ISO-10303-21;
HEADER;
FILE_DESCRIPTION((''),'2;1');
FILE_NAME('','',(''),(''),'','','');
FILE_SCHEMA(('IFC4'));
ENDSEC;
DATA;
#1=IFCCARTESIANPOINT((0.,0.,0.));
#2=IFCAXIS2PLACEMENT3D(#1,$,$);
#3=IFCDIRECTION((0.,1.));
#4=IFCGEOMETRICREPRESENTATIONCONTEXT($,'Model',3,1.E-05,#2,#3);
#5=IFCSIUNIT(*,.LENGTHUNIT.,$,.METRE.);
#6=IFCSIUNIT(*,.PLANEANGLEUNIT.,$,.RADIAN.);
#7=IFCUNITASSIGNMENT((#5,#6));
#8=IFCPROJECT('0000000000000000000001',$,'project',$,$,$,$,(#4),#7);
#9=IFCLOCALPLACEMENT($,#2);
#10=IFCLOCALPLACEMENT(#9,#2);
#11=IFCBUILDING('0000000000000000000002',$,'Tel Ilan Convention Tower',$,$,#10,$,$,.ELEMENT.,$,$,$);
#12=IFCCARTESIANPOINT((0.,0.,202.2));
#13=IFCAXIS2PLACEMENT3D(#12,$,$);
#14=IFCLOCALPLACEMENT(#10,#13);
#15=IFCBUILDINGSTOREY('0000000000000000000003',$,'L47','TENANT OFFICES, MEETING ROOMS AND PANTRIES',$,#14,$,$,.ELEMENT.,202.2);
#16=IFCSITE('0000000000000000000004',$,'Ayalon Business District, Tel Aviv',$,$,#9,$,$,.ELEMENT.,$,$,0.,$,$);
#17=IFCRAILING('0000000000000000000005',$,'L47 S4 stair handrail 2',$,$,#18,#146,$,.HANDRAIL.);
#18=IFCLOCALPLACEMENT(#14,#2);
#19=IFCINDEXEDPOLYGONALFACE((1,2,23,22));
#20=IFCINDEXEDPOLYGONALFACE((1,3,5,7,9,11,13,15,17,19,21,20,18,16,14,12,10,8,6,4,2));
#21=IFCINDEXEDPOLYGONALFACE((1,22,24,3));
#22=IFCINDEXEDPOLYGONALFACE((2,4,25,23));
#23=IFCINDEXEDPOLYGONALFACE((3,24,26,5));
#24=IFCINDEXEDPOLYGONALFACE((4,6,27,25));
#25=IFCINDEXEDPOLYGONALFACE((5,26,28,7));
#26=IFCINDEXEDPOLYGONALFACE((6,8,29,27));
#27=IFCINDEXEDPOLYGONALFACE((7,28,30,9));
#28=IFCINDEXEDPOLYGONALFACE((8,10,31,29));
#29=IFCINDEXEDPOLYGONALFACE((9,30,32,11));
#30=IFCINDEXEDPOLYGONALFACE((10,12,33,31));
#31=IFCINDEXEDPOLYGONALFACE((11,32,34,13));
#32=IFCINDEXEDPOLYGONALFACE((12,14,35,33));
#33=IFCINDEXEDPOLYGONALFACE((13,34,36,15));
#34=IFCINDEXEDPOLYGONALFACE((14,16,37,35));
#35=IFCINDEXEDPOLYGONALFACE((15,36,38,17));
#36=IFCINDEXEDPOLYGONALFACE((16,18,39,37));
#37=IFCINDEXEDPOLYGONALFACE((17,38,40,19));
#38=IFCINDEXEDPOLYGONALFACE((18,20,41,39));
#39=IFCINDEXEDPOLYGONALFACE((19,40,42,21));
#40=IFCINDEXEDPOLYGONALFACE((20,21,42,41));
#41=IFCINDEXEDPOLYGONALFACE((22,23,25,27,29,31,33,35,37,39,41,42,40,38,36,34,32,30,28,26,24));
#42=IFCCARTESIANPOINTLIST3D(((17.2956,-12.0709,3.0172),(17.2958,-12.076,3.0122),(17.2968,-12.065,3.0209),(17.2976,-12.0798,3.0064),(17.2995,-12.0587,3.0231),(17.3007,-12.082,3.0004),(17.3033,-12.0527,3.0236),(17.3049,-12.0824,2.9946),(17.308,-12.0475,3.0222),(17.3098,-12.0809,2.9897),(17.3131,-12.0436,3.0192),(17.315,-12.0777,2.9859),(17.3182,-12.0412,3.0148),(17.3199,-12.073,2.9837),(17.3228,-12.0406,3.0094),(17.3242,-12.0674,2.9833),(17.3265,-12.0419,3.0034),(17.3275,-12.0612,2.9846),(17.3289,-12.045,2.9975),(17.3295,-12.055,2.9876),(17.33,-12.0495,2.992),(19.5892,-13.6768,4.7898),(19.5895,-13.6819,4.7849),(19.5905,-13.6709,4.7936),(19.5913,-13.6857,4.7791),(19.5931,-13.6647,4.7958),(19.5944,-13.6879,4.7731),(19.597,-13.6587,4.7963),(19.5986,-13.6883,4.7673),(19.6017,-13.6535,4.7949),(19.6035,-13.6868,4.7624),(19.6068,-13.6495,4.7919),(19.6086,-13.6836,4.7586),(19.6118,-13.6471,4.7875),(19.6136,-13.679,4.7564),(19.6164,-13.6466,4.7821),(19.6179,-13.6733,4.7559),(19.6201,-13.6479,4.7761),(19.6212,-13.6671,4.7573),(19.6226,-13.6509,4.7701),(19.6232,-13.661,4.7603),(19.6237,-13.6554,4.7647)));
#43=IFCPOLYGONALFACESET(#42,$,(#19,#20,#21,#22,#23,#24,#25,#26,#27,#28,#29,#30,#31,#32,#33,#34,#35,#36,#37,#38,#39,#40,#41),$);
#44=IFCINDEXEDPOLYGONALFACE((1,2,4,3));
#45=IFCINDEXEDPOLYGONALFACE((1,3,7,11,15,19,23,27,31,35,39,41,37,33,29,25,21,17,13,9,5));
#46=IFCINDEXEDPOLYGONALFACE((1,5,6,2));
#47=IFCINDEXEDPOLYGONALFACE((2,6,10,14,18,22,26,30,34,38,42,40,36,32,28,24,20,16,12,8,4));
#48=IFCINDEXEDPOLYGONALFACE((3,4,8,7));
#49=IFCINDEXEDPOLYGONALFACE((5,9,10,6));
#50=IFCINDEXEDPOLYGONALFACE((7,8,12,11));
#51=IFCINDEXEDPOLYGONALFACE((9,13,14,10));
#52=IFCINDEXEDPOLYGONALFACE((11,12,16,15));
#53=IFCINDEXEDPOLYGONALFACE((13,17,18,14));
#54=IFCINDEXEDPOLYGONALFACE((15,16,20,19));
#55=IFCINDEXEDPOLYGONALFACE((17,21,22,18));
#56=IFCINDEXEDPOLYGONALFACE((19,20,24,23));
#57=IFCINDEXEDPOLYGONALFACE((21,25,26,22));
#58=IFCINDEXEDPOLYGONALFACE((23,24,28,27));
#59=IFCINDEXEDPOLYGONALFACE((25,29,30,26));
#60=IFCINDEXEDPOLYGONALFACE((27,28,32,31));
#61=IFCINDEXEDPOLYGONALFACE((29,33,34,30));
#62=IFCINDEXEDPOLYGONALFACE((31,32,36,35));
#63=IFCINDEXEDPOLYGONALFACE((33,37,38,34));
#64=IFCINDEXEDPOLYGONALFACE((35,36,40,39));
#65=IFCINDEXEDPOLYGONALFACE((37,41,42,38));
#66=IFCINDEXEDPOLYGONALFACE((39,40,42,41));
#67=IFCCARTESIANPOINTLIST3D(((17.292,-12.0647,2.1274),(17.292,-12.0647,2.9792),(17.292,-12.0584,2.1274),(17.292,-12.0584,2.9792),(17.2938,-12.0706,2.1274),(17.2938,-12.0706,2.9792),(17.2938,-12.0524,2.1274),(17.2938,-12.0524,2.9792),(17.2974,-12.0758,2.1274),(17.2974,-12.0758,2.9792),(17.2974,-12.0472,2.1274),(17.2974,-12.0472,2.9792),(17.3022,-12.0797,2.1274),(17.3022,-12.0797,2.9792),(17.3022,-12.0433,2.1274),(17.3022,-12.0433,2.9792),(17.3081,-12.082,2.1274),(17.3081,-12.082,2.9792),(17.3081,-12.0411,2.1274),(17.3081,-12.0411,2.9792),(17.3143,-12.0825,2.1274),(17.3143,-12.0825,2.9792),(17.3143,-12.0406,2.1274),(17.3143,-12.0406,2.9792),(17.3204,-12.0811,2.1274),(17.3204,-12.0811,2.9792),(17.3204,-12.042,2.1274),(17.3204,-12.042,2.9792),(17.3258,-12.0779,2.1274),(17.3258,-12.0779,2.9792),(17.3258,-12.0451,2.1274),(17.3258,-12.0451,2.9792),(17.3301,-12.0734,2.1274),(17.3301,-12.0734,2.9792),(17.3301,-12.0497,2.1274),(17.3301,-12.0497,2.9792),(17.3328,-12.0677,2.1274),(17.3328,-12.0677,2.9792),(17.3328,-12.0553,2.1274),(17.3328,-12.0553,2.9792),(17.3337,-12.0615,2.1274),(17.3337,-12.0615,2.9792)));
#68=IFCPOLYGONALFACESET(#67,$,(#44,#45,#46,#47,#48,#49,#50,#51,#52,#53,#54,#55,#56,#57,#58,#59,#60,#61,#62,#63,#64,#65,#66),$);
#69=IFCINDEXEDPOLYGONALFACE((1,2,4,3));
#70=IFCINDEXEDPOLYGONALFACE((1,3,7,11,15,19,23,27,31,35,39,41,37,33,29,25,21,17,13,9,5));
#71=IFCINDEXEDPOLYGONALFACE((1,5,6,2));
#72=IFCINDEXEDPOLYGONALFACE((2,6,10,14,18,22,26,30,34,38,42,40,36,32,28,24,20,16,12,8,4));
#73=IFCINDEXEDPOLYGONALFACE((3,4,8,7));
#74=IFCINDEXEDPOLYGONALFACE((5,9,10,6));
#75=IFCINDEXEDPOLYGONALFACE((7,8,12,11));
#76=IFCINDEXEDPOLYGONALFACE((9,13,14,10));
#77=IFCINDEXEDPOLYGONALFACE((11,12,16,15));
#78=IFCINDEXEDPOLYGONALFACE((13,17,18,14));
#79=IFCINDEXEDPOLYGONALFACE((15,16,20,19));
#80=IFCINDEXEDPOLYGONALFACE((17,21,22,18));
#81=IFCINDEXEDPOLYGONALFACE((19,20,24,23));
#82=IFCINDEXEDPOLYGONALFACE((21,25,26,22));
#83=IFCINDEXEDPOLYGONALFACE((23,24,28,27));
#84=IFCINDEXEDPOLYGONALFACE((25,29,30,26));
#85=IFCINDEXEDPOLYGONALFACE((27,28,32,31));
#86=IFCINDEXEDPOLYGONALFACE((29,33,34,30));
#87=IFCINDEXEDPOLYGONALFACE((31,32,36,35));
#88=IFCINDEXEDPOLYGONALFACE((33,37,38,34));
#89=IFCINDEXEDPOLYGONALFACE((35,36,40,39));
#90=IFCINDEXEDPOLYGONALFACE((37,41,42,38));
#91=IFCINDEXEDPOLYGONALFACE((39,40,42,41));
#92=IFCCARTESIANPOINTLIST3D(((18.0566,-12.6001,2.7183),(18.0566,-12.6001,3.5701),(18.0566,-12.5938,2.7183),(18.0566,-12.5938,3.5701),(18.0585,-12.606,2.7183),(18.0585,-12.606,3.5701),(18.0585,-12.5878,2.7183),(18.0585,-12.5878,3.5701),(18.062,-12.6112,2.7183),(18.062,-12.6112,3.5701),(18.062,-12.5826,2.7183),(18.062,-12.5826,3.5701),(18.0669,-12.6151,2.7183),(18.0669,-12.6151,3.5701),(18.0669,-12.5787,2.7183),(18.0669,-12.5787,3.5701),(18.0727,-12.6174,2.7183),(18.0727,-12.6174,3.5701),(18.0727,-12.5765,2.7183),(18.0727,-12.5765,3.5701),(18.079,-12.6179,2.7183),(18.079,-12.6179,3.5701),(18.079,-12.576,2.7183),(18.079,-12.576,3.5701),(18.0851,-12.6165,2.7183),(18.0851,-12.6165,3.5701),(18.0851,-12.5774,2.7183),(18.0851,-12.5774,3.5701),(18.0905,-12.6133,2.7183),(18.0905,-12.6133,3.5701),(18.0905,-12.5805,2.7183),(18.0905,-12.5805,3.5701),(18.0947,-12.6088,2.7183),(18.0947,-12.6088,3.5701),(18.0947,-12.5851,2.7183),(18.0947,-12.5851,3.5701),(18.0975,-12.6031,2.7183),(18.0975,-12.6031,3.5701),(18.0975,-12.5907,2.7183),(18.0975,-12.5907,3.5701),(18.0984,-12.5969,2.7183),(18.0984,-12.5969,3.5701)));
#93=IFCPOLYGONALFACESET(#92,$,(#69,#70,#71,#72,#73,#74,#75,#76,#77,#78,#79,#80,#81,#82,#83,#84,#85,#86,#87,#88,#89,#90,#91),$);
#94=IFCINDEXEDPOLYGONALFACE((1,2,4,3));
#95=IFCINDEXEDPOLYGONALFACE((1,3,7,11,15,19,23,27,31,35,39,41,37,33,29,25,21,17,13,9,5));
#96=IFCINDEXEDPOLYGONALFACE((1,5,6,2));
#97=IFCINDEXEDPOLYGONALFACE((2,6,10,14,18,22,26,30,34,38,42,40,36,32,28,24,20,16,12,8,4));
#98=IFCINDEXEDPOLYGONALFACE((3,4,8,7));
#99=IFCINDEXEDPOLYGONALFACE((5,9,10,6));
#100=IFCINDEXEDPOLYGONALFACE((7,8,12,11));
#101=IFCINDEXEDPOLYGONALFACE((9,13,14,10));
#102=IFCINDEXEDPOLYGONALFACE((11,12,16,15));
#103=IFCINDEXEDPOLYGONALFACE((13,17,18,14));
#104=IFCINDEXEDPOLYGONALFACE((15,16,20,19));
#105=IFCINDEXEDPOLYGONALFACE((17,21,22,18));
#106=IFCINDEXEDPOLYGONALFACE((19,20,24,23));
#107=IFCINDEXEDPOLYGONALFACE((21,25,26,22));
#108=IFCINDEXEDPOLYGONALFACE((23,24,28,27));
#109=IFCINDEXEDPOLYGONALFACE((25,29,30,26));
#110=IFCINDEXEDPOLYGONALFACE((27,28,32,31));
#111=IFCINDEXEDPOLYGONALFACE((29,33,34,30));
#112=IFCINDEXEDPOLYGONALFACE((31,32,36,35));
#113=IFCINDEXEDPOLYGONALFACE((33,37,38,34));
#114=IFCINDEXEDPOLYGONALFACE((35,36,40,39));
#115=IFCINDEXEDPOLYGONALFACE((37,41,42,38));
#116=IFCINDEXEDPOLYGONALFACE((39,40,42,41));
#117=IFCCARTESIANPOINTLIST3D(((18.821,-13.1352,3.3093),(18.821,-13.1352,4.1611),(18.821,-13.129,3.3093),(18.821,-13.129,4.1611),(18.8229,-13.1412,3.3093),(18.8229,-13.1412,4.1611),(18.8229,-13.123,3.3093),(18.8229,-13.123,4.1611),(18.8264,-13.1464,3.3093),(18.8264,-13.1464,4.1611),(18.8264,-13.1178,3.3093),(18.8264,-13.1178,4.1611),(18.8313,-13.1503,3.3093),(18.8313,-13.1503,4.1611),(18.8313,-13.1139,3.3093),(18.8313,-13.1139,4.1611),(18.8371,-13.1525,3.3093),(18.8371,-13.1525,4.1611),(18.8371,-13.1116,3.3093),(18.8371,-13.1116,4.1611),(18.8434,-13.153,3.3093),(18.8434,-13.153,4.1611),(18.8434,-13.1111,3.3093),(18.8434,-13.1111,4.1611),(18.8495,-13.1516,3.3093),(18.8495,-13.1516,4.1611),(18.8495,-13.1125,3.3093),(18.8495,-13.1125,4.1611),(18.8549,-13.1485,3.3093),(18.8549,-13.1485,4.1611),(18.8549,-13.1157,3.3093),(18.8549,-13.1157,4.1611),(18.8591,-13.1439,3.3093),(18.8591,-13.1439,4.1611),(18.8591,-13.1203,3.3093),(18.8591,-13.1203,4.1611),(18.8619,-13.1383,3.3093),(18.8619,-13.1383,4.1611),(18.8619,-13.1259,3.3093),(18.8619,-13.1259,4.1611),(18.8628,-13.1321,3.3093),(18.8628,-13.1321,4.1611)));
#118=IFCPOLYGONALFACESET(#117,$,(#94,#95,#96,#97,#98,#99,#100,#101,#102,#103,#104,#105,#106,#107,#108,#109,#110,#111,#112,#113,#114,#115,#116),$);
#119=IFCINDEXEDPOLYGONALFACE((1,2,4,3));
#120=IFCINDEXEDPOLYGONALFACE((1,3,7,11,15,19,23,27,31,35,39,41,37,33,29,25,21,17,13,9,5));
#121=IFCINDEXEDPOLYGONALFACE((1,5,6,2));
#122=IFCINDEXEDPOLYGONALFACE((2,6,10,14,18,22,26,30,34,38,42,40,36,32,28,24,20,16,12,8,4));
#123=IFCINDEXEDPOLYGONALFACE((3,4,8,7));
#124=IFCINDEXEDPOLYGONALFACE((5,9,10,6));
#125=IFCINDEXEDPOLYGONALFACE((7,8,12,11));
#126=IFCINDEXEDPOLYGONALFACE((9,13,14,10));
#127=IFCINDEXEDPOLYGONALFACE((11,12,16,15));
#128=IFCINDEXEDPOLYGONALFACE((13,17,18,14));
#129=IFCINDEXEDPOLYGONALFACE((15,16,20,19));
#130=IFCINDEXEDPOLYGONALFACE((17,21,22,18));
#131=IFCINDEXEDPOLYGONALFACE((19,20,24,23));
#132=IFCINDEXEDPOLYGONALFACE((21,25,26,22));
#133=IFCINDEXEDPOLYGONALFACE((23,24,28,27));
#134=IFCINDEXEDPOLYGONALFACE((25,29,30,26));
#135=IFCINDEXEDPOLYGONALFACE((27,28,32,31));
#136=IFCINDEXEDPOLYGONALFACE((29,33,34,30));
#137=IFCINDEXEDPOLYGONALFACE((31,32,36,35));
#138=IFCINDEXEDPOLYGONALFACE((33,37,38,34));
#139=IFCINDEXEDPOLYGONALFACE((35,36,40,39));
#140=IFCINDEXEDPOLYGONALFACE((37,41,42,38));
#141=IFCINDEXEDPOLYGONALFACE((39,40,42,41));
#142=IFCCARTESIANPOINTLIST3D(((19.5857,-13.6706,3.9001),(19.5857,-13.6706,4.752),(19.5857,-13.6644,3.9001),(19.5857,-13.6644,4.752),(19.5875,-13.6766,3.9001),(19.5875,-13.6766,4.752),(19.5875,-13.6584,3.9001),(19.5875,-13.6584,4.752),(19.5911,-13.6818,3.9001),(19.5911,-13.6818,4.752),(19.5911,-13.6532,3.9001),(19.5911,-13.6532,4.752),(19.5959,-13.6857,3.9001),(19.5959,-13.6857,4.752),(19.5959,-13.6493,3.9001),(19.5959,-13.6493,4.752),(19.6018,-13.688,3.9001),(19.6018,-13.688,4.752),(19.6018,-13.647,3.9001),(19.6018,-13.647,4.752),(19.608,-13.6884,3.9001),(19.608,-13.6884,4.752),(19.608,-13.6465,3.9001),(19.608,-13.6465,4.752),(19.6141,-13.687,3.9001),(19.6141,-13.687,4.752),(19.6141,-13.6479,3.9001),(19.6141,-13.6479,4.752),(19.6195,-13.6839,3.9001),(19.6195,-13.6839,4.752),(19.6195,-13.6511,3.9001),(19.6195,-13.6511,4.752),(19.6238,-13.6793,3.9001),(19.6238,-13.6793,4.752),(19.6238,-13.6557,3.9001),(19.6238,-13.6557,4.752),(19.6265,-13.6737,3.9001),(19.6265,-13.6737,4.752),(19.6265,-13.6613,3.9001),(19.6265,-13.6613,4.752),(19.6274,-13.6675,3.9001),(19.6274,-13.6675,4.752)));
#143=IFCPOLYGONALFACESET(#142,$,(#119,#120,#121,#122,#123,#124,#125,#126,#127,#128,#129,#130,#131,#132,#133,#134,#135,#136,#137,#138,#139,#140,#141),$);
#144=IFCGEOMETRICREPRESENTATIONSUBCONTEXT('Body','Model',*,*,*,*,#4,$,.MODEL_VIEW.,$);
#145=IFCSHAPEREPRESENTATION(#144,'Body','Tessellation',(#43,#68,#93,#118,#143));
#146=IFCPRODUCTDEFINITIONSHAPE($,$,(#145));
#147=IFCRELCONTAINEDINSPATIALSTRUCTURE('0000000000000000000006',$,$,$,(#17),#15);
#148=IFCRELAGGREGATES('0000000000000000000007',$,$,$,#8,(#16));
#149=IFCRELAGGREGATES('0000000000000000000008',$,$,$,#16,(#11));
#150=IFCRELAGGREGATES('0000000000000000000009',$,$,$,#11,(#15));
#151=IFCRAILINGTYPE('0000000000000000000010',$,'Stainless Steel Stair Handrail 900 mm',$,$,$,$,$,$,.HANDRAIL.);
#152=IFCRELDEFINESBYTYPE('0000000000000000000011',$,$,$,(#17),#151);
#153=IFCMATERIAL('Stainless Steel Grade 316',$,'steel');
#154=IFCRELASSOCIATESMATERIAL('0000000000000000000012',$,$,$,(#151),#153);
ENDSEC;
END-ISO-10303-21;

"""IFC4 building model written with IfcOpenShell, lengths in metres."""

from ifc_helpers import new_model, si_unit, direction, frame, origin, origin_2d, place, context, subcontext, project, spatial, circle, extrude, material, type_object, element, save


model = new_model("IFC4")

# Units and contexts
model_context = context("Model", 3, precision=1e-05, world=origin(), true_north=direction((0.0, 1.0)))
body_context = subcontext(model_context, "Body", "Model", "MODEL_VIEW")
ifc_project = project(units=[si_unit("LENGTHUNIT", "METRE"), si_unit("PLANEANGLEUNIT", "RADIAN")], contexts=[model_context])

# Site, building, storey
site_placement = place(None, origin())
site = spatial("IfcSite", under=ifc_project, at=site_placement, Name="Ayalon Business District, Tel Aviv", CompositionType="ELEMENT", RefElevation=0.0)
building_placement = place(site_placement, origin())
building = spatial("IfcBuilding", under=site, at=building_placement, Name="Tel Ilan Convention Tower", CompositionType="ELEMENT")
storey_placement = place(building_placement, frame((0.0, 0.0, 202.2)))
storey = spatial("IfcBuildingStorey", under=building, at=storey_placement, Name="L47", Description="TENANT OFFICES, MEETING ROOMS AND PANTRIES", CompositionType="ELEMENT", Elevation=202.2)

# Railing
ifc_material_1 = material(Name="Stainless Steel Grade 316", Category="steel")
railing_type_1 = type_object("IfcRailingType", Name="Stainless Steel Stair Handrail 900 mm", PredefinedType="HANDRAIL", material=ifc_material_1)
railing_1_placement = place(storey_placement, frame((17.3127, -12.0615, 2.1274)))
element("IfcRailing", 1, at=railing_1_placement, inside=storey, type_object=railing_type_1, Name="L47 S4 stair handrail 2", PredefinedType="HANDRAIL", context=body_context, shape_type="SweptSolid", body=[
    extrude(circle(Radius=0.0239, at=origin_2d()), frame((0.0, 0.0, 0.876), z_axis=(0.692123, -0.484597, 0.534913), x_axis=(0.57355, 0.81917, 0.0)), (0.0, 0.0, 1.0), 3.314),
    extrude(circle(Radius=0.021, at=origin_2d()), origin(), (0.0, 0.0, 1.0), 0.8518),
    extrude(circle(Radius=0.021, at=origin_2d()), frame((0.7646, -0.5354, 0.5908)), (0.0, 0.0, 1.0), 0.8518),
    extrude(circle(Radius=0.021, at=origin_2d()), frame((1.5291, -1.0706, 1.1819)), (0.0, 0.0, 1.0), 0.8518),
    extrude(circle(Radius=0.021, at=origin_2d()), frame((2.2937, -1.606, 1.7727)), (0.0, 0.0, 1.0), 0.8518),
])

save(model, "model.ifc")
